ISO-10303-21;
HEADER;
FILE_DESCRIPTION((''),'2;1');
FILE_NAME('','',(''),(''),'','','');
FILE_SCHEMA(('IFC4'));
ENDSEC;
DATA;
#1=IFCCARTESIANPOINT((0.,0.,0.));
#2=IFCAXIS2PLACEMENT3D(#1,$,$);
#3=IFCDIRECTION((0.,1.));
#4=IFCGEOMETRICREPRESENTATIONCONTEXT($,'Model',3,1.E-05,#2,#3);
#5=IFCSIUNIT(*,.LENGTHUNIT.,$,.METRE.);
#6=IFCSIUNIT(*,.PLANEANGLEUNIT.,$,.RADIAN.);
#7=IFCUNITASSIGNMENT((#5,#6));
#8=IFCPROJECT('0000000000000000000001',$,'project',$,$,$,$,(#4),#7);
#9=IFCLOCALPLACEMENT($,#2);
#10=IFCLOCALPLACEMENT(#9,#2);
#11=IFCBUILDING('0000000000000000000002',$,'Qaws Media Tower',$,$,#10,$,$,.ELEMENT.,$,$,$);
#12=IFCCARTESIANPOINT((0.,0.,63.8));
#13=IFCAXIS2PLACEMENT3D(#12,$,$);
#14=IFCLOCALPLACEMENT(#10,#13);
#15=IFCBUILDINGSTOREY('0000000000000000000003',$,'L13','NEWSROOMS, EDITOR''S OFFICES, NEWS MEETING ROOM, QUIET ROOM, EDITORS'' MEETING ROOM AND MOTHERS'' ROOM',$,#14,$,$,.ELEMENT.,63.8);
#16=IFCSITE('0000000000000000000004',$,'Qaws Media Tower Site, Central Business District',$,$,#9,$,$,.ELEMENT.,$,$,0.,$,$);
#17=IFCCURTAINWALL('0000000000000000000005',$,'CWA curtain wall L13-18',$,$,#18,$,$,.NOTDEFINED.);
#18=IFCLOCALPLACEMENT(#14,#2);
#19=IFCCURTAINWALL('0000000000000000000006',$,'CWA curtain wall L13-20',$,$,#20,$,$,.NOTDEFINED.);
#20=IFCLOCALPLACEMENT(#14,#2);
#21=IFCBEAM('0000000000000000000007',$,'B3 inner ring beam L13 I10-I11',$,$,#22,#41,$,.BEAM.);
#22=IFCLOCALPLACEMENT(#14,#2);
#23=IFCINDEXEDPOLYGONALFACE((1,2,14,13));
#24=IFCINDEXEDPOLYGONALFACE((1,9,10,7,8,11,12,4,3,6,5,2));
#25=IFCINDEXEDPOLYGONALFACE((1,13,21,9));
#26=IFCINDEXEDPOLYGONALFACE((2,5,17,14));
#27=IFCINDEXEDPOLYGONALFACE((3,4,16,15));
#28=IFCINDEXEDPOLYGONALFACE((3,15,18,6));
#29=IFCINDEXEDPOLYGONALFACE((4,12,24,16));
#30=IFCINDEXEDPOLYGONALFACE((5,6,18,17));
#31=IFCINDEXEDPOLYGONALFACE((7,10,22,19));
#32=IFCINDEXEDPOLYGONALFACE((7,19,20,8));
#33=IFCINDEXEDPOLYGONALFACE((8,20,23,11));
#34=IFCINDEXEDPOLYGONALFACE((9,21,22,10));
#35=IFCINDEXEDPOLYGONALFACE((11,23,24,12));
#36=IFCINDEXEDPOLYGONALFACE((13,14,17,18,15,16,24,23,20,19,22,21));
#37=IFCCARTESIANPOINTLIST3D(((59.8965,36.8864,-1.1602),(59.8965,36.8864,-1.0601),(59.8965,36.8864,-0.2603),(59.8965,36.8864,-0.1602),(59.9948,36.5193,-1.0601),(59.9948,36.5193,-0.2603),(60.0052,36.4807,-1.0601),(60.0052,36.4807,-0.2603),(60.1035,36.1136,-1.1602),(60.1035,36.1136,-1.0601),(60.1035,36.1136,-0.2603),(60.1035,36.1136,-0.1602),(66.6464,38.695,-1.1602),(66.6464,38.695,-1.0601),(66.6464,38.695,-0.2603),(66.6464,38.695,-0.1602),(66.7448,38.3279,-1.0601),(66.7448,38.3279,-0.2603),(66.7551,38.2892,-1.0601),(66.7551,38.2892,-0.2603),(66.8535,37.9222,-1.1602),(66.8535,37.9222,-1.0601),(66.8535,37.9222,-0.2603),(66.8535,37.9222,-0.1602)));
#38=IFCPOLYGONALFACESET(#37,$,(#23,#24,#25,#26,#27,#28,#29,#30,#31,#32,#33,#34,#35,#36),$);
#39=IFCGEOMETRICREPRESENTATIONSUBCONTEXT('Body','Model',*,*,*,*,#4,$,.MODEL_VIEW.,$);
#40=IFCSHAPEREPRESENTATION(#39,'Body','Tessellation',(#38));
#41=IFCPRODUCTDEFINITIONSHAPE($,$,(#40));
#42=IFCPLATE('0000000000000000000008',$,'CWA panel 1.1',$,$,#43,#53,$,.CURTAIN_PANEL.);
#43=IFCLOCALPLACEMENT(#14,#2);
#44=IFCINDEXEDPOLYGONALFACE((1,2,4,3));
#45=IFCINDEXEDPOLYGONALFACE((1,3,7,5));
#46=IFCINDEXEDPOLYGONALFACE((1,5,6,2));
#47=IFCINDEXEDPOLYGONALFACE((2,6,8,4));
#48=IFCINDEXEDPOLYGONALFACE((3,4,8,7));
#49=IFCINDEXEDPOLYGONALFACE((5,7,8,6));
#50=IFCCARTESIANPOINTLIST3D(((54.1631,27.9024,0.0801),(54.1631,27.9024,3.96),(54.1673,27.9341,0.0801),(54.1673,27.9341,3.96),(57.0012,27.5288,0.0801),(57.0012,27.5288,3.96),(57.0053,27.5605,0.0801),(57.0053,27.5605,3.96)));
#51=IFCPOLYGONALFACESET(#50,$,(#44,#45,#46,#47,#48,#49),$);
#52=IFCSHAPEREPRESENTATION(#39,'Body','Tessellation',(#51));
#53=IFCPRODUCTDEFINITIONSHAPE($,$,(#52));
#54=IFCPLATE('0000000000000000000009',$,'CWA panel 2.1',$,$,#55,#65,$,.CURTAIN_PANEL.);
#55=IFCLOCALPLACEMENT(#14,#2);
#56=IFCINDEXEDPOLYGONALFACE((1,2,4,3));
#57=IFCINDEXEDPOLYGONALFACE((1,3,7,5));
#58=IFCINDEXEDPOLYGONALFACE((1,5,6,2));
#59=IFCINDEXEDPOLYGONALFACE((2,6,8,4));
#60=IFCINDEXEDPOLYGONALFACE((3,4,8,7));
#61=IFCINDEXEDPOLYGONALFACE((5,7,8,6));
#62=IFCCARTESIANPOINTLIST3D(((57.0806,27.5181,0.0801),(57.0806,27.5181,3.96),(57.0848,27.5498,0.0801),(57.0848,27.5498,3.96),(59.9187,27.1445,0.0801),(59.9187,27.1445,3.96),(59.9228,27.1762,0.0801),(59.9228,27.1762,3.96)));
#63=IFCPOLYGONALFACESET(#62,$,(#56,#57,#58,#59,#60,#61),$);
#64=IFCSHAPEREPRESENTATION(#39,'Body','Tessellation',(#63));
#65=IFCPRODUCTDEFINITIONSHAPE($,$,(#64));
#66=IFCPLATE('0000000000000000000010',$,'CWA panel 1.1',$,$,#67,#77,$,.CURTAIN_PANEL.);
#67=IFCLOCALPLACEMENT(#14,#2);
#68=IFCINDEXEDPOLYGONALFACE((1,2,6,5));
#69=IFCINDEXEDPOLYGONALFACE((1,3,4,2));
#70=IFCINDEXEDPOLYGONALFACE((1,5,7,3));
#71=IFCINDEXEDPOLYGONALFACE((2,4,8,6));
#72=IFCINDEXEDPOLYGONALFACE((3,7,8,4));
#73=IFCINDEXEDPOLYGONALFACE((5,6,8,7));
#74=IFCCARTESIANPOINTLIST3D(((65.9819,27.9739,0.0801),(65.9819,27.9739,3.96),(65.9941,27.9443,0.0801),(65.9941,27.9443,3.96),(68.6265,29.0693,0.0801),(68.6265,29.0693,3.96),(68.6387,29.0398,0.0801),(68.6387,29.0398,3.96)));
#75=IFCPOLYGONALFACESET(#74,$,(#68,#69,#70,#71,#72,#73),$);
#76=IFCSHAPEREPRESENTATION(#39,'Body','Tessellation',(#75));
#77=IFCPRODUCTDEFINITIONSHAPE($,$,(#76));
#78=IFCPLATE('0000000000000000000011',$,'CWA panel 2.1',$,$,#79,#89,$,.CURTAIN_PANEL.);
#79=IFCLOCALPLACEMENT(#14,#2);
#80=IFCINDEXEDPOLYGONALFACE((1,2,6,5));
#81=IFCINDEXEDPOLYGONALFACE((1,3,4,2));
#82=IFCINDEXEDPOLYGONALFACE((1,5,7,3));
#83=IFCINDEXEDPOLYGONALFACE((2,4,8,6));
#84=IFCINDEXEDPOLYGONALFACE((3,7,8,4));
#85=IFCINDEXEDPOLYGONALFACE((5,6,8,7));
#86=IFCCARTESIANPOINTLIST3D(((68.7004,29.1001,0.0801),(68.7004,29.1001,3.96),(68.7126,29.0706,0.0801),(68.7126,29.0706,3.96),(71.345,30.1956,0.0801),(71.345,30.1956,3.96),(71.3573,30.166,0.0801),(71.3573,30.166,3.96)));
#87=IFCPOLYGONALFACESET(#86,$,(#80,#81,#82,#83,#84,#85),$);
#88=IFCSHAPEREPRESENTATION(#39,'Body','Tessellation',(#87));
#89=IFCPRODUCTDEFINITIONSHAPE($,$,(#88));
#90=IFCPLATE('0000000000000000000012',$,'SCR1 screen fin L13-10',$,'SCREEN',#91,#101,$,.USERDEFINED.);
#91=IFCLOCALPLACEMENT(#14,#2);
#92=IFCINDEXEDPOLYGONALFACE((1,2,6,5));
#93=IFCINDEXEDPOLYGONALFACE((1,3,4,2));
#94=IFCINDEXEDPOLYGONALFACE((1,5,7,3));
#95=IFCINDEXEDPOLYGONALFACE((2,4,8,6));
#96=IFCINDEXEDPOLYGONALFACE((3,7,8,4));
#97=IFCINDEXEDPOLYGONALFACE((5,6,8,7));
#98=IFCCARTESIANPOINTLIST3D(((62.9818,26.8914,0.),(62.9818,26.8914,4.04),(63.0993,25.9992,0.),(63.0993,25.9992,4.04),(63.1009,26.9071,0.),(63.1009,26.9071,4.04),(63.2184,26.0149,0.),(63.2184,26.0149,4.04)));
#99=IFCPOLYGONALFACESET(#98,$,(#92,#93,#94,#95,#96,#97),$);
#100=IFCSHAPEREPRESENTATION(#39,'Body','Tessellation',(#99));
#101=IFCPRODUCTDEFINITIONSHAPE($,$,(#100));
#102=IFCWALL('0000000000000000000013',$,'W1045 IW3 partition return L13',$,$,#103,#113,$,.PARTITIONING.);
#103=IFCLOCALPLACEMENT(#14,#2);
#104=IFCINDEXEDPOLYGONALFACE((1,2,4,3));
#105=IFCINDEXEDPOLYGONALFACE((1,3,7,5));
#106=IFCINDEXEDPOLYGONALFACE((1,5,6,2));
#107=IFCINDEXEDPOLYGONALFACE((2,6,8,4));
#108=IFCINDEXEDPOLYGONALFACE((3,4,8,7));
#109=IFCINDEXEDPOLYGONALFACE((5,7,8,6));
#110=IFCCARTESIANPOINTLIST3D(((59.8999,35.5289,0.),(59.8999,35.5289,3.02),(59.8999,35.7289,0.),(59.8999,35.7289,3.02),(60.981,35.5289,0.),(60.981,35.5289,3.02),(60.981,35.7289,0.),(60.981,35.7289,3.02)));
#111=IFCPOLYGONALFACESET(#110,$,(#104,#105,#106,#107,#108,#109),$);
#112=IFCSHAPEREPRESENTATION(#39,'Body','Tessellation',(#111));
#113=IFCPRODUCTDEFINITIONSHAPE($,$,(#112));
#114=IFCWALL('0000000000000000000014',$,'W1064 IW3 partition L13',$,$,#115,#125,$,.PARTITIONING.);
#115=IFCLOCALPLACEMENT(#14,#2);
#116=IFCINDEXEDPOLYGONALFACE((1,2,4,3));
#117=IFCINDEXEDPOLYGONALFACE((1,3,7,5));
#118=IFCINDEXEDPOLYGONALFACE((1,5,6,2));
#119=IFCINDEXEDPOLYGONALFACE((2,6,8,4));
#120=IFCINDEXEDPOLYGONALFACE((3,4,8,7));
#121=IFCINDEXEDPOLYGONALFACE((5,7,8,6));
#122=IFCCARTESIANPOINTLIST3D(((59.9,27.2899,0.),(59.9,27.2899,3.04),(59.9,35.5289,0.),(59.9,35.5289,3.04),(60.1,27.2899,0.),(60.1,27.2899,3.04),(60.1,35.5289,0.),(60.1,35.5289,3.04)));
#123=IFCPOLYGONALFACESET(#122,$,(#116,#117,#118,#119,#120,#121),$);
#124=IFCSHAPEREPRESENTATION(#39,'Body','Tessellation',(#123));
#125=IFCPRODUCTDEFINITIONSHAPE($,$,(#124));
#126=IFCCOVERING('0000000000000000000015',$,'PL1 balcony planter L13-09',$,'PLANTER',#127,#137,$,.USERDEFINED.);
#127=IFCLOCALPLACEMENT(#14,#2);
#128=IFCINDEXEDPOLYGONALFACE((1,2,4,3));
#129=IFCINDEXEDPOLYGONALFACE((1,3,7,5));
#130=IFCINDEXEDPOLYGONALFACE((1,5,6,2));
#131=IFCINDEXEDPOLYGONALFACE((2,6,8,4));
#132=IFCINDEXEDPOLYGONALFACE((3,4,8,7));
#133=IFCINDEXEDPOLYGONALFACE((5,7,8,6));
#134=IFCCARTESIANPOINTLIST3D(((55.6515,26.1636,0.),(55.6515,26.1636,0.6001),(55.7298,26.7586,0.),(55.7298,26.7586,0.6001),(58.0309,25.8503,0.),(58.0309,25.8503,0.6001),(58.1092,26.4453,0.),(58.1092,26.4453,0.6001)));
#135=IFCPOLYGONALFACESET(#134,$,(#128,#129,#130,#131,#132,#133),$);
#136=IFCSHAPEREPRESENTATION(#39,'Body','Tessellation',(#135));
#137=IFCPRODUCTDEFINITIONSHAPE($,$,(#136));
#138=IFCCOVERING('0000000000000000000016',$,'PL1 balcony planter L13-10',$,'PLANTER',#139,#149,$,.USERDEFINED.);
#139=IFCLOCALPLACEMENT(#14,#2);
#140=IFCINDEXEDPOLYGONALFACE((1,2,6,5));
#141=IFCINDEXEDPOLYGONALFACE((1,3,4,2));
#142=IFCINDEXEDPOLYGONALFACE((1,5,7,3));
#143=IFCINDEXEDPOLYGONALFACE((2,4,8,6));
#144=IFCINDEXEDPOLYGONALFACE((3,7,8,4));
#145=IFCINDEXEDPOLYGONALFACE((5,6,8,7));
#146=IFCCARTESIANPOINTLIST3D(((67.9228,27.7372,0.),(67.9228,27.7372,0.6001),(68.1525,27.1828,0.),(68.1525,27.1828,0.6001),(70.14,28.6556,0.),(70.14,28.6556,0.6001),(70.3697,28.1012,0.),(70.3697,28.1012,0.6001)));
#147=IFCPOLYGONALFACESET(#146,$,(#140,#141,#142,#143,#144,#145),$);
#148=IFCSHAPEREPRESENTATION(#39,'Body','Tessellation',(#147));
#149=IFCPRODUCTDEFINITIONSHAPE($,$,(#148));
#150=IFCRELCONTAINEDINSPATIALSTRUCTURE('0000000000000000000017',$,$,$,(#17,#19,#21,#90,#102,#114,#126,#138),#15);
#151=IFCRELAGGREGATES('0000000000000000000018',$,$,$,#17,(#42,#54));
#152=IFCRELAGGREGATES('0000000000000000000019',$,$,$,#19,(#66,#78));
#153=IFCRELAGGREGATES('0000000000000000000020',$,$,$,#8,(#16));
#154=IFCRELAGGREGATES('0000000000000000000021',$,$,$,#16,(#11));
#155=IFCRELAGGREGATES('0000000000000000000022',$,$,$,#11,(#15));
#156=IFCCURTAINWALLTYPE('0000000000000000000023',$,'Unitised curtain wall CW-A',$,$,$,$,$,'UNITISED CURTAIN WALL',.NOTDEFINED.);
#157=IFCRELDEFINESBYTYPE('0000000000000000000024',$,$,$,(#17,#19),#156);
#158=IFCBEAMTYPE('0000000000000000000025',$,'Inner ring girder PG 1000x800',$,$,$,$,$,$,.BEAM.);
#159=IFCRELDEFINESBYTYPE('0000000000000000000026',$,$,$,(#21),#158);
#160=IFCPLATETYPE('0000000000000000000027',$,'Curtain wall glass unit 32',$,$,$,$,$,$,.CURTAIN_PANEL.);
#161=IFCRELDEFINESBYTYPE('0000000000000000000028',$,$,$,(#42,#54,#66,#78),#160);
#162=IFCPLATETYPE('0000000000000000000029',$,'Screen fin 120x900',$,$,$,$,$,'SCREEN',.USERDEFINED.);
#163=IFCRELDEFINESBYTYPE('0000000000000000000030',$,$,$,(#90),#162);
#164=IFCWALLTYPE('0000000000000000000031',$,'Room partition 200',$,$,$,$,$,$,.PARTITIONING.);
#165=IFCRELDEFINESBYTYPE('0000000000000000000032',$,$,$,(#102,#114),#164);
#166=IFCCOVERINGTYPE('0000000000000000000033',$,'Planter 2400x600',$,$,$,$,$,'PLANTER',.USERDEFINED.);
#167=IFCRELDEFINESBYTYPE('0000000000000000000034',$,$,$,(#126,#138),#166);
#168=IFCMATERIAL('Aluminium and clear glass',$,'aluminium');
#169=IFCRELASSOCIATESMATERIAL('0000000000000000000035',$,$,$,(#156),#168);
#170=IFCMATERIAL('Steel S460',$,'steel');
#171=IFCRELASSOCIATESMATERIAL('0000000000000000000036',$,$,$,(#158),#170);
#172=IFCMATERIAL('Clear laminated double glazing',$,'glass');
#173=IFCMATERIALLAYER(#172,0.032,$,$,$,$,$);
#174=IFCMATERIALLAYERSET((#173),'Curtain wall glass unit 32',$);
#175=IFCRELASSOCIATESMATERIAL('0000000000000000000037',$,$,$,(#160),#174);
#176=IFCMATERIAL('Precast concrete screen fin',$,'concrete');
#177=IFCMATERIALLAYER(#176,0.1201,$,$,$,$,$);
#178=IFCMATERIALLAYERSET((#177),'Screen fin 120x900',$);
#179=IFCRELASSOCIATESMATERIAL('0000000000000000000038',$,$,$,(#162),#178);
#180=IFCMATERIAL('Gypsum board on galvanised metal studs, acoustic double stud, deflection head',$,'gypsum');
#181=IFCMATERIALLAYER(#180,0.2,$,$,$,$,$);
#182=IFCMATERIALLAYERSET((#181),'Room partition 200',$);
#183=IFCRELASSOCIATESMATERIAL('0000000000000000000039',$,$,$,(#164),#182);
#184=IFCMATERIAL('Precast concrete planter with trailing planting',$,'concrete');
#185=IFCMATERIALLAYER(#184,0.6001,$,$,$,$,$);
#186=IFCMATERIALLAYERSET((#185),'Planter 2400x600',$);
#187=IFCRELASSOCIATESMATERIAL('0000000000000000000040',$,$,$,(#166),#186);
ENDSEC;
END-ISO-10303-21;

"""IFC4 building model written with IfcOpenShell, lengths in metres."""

from ifc_helpers import new_model, si_unit, direction, frame, frame_2d, origin, origin_2d, place, context, subcontext, project, spatial, rectangle, i_section, extrude, material, layer, layer_set, material_profile, profile_set, type_object, element, aggregate, save


model = new_model("IFC4")

# Units and contexts
model_context = context("Model", 3, precision=1e-05, world=origin(), true_north=direction((0.0, 1.0)))
body_context = subcontext(model_context, "Body", "Model", "MODEL_VIEW")
ifc_project = project(units=[si_unit("LENGTHUNIT", "METRE"), si_unit("PLANEANGLEUNIT", "RADIAN")], contexts=[model_context])

# Site, building, storey
site_placement = place(None, origin())
site = spatial("IfcSite", under=ifc_project, at=site_placement, Name="Qaws Media Tower Site, Central Business District", CompositionType="ELEMENT", RefElevation=0.0)
building_placement = place(site_placement, origin())
building = spatial("IfcBuilding", under=site, at=building_placement, Name="Qaws Media Tower", CompositionType="ELEMENT")
storey_placement = place(building_placement, frame((0.0, 0.0, 63.8)))
storey = spatial("IfcBuildingStorey", under=building, at=storey_placement, Name="L13", Description="NEWSROOMS, EDITOR'S OFFICES, NEWS MEETING ROOM, QUIET ROOM, EDITORS' MEETING ROOM AND MOTHERS' ROOM", CompositionType="ELEMENT", Elevation=63.8)

# Curtain walls
ifc_material_1 = material(Name="Aluminium and clear glass", Category="aluminium")
curtain_wall_type = type_object("IfcCurtainWallType", Name="Unitised curtain wall CW-A", ElementType="UNITISED CURTAIN WALL", PredefinedType="NOTDEFINED", material=ifc_material_1)
curtain_wall_1_placement = place(storey_placement, origin())
curtain_wall_1 = element("IfcCurtainWall", 1, at=curtain_wall_1_placement, inside=storey, type_object=curtain_wall_type, Name="CWA curtain wall L13-18", PredefinedType="NOTDEFINED")
curtain_wall_2_placement = place(storey_placement, origin())
curtain_wall_2 = element("IfcCurtainWall", 2, at=curtain_wall_2_placement, inside=storey, type_object=curtain_wall_type, Name="CWA curtain wall L13-20", PredefinedType="NOTDEFINED")

# Beam
ifc_material_2 = material(Name="Steel S460", Category="steel")
ifc_material_profile_1 = material_profile(ifc_material_2, i_section(OverallWidth=0.8, OverallDepth=1.0, WebThickness=0.04, FlangeThickness=0.1001, at=origin_2d()), Name="PG 1000x800")
ifc_profile_set_1 = profile_set([ifc_material_profile_1], Name="Steel S460")
beam_type_1 = type_object("IfcBeamType", Name="Inner ring girder PG 1000x800", PredefinedType="BEAM", material=ifc_profile_set_1)
beam_1_placement = place(storey_placement, frame((60.0, 36.5, -0.6602), z_axis=(0.965928, 0.258811, 0.0), x_axis=(-0.258811, 0.965928, 0.0)))
element("IfcBeam", 3, at=beam_1_placement, inside=storey, type_object=beam_type_1, Name="B3 inner ring beam L13 I10-I11", PredefinedType="BEAM", context=body_context, shape_type="SweptSolid", body=[
    extrude(i_section(OverallWidth=0.8, OverallDepth=1.0, WebThickness=0.04, FlangeThickness=0.1001, at=origin_2d()), origin(), (0.0, 0.0, 1.0), 6.988),
])

# Plates
ifc_material_3 = material(Name="Clear laminated double glazing", Category="glass")
ifc_layer_1 = layer(ifc_material_3, 0.032)
ifc_layer_set_1 = layer_set([ifc_layer_1], Name="Curtain wall glass unit 32")
plate_type_1 = type_object("IfcPlateType", Name="Curtain wall glass unit 32", PredefinedType="CURTAIN_PANEL", material=ifc_layer_set_1)
plate_1_placement = place(storey_placement, frame((55.5842, 27.7314, 0.0801), z_axis=(0.0, 0.0, 1.0), x_axis=(0.991445, -0.130526, 0.0)))
plate_1 = element("IfcPlate", 4, at=plate_1_placement, type_object=plate_type_1, Name="CWA panel 1.1", PredefinedType="CURTAIN_PANEL", context=body_context, shape_type="SweptSolid", body=[
    extrude(rectangle(XDim=2.8625, YDim=0.032, at=origin_2d()), origin(), (0.0, 0.0, 1.0), 3.8799),
])
plate_2_placement = place(storey_placement, frame((58.5017, 27.3472, 0.0801), z_axis=(0.0, 0.0, 1.0), x_axis=(0.991445, -0.130526, 0.0)))
plate_2 = element("IfcPlate", 5, at=plate_2_placement, type_object=plate_type_1, Name="CWA panel 2.1", PredefinedType="CURTAIN_PANEL", context=body_context, shape_type="SweptSolid", body=[
    extrude(rectangle(XDim=2.8625, YDim=0.032, at=origin_2d()), origin(), (0.0, 0.0, 1.0), 3.8799),
])
aggregate(curtain_wall_1, [plate_1, plate_2])
plate_3_placement = place(storey_placement, frame((67.3103, 28.5068, 0.0801), z_axis=(0.0, 0.0, 1.0), x_axis=(0.92388, 0.382683, 0.0)))
plate_3 = element("IfcPlate", 6, at=plate_3_placement, type_object=plate_type_1, Name="CWA panel 1.1", PredefinedType="CURTAIN_PANEL", context=body_context, shape_type="SweptSolid", body=[
    extrude(rectangle(XDim=2.8625, YDim=0.032, at=origin_2d()), origin(), (0.0, 0.0, 1.0), 3.8799),
])
plate_4_placement = place(storey_placement, frame((70.0288, 29.6331, 0.0801), z_axis=(0.0, 0.0, 1.0), x_axis=(0.92388, 0.382683, 0.0)))
plate_4 = element("IfcPlate", 7, at=plate_4_placement, type_object=plate_type_1, Name="CWA panel 2.1", PredefinedType="CURTAIN_PANEL", context=body_context, shape_type="SweptSolid", body=[
    extrude(rectangle(XDim=2.8625, YDim=0.032, at=origin_2d()), origin(), (0.0, 0.0, 1.0), 3.8799),
])
aggregate(curtain_wall_2, [plate_3, plate_4])
ifc_material_4 = material(Name="Precast concrete screen fin", Category="concrete")
ifc_layer_2 = layer(ifc_material_4, 0.1201)
ifc_layer_set_2 = layer_set([ifc_layer_2], Name="Screen fin 120x900")
plate_type_2 = type_object("IfcPlateType", Name="Screen fin 120x900", ElementType="SCREEN", PredefinedType="USERDEFINED", material=ifc_layer_set_2)
plate_5_placement = place(storey_placement, frame((63.1001, 26.4531, 0.0), z_axis=(0.0, 0.0, 1.0), x_axis=(0.130526, -0.991445, 0.0)))
element("IfcPlate", 8, at=plate_5_placement, inside=storey, type_object=plate_type_2, Name="SCR1 screen fin L13-10", ObjectType="SCREEN", PredefinedType="USERDEFINED", context=body_context, shape_type="SweptSolid", body=[
    extrude(rectangle(XDim=0.8999, YDim=0.1201, at=origin_2d()), origin(), (0.0, 0.0, 1.0), 4.04),
])

# Walls
ifc_material_5 = material(Name="Gypsum board on galvanised metal studs, acoustic double stud, deflection head", Category="gypsum")
ifc_layer_3 = layer(ifc_material_5, 0.2)
ifc_layer_set_3 = layer_set([ifc_layer_3], Name="Room partition 200")
wall_type_1 = type_object("IfcWallType", Name="Room partition 200", PredefinedType="PARTITIONING", material=ifc_layer_set_3)
wall_1_placement = place(storey_placement, frame((59.8999, 35.6289, 0.0), z_axis=(0.0, 0.0, 1.0), x_axis=(1.0, 0.0, 0.0)))
element("IfcWall", 9, at=wall_1_placement, inside=storey, type_object=wall_type_1, Name="W1045 IW3 partition return L13", PredefinedType="PARTITIONING", context=body_context, shape_type="SweptSolid", body=[
    extrude(rectangle(XDim=1.0811, YDim=0.2, at=frame_2d((0.5405, 0.0))), origin(), (0.0, 0.0, 1.0), 3.02),
])
wall_2_placement = place(storey_placement, frame((60.0, 35.5291, 0.0), z_axis=(0.0, 0.0, 1.0), x_axis=(0.0, -1.0, 0.0)))
element("IfcWall", 10, at=wall_2_placement, inside=storey, type_object=wall_type_1, Name="W1064 IW3 partition L13", PredefinedType="PARTITIONING", context=body_context, shape_type="SweptSolid", body=[
    extrude(rectangle(XDim=8.239, YDim=0.2, at=frame_2d((4.1196, 0.0))), origin(), (0.0, 0.0, 1.0), 3.04),
])

# Coverings
ifc_material_6 = material(Name="Precast concrete planter with trailing planting", Category="concrete")
ifc_layer_4 = layer(ifc_material_6, 0.6001)
ifc_layer_set_4 = layer_set([ifc_layer_4], Name="Planter 2400x600")
covering_type = type_object("IfcCoveringType", Name="Planter 2400x600", ElementType="PLANTER", PredefinedType="USERDEFINED", material=ifc_layer_set_4)
for number, where, z_axis, x_axis, name in (
    (11, (56.8804, 26.3044, 0.0), (0.0, 0.0, 1.0), (0.991445, -0.130526, 0.0), "PL1 balcony planter L13-09"),
    (12, (69.1462, 27.9192, 0.0), (0.0, 0.0, 1.0), (0.92388, 0.382683, 0.0), "PL1 balcony planter L13-10"),
):
    element("IfcCovering", number, at=place(storey_placement, frame(where, z_axis=z_axis, x_axis=x_axis)), inside=storey, type_object=covering_type, Name=name, ObjectType="PLANTER", PredefinedType="USERDEFINED", context=body_context, shape_type="SweptSolid", body=[
        extrude(rectangle(XDim=2.3999, YDim=0.6001, at=origin_2d()), origin(), (0.0, 0.0, 1.0), 0.6001),
    ])

save(model, "model.ifc")
